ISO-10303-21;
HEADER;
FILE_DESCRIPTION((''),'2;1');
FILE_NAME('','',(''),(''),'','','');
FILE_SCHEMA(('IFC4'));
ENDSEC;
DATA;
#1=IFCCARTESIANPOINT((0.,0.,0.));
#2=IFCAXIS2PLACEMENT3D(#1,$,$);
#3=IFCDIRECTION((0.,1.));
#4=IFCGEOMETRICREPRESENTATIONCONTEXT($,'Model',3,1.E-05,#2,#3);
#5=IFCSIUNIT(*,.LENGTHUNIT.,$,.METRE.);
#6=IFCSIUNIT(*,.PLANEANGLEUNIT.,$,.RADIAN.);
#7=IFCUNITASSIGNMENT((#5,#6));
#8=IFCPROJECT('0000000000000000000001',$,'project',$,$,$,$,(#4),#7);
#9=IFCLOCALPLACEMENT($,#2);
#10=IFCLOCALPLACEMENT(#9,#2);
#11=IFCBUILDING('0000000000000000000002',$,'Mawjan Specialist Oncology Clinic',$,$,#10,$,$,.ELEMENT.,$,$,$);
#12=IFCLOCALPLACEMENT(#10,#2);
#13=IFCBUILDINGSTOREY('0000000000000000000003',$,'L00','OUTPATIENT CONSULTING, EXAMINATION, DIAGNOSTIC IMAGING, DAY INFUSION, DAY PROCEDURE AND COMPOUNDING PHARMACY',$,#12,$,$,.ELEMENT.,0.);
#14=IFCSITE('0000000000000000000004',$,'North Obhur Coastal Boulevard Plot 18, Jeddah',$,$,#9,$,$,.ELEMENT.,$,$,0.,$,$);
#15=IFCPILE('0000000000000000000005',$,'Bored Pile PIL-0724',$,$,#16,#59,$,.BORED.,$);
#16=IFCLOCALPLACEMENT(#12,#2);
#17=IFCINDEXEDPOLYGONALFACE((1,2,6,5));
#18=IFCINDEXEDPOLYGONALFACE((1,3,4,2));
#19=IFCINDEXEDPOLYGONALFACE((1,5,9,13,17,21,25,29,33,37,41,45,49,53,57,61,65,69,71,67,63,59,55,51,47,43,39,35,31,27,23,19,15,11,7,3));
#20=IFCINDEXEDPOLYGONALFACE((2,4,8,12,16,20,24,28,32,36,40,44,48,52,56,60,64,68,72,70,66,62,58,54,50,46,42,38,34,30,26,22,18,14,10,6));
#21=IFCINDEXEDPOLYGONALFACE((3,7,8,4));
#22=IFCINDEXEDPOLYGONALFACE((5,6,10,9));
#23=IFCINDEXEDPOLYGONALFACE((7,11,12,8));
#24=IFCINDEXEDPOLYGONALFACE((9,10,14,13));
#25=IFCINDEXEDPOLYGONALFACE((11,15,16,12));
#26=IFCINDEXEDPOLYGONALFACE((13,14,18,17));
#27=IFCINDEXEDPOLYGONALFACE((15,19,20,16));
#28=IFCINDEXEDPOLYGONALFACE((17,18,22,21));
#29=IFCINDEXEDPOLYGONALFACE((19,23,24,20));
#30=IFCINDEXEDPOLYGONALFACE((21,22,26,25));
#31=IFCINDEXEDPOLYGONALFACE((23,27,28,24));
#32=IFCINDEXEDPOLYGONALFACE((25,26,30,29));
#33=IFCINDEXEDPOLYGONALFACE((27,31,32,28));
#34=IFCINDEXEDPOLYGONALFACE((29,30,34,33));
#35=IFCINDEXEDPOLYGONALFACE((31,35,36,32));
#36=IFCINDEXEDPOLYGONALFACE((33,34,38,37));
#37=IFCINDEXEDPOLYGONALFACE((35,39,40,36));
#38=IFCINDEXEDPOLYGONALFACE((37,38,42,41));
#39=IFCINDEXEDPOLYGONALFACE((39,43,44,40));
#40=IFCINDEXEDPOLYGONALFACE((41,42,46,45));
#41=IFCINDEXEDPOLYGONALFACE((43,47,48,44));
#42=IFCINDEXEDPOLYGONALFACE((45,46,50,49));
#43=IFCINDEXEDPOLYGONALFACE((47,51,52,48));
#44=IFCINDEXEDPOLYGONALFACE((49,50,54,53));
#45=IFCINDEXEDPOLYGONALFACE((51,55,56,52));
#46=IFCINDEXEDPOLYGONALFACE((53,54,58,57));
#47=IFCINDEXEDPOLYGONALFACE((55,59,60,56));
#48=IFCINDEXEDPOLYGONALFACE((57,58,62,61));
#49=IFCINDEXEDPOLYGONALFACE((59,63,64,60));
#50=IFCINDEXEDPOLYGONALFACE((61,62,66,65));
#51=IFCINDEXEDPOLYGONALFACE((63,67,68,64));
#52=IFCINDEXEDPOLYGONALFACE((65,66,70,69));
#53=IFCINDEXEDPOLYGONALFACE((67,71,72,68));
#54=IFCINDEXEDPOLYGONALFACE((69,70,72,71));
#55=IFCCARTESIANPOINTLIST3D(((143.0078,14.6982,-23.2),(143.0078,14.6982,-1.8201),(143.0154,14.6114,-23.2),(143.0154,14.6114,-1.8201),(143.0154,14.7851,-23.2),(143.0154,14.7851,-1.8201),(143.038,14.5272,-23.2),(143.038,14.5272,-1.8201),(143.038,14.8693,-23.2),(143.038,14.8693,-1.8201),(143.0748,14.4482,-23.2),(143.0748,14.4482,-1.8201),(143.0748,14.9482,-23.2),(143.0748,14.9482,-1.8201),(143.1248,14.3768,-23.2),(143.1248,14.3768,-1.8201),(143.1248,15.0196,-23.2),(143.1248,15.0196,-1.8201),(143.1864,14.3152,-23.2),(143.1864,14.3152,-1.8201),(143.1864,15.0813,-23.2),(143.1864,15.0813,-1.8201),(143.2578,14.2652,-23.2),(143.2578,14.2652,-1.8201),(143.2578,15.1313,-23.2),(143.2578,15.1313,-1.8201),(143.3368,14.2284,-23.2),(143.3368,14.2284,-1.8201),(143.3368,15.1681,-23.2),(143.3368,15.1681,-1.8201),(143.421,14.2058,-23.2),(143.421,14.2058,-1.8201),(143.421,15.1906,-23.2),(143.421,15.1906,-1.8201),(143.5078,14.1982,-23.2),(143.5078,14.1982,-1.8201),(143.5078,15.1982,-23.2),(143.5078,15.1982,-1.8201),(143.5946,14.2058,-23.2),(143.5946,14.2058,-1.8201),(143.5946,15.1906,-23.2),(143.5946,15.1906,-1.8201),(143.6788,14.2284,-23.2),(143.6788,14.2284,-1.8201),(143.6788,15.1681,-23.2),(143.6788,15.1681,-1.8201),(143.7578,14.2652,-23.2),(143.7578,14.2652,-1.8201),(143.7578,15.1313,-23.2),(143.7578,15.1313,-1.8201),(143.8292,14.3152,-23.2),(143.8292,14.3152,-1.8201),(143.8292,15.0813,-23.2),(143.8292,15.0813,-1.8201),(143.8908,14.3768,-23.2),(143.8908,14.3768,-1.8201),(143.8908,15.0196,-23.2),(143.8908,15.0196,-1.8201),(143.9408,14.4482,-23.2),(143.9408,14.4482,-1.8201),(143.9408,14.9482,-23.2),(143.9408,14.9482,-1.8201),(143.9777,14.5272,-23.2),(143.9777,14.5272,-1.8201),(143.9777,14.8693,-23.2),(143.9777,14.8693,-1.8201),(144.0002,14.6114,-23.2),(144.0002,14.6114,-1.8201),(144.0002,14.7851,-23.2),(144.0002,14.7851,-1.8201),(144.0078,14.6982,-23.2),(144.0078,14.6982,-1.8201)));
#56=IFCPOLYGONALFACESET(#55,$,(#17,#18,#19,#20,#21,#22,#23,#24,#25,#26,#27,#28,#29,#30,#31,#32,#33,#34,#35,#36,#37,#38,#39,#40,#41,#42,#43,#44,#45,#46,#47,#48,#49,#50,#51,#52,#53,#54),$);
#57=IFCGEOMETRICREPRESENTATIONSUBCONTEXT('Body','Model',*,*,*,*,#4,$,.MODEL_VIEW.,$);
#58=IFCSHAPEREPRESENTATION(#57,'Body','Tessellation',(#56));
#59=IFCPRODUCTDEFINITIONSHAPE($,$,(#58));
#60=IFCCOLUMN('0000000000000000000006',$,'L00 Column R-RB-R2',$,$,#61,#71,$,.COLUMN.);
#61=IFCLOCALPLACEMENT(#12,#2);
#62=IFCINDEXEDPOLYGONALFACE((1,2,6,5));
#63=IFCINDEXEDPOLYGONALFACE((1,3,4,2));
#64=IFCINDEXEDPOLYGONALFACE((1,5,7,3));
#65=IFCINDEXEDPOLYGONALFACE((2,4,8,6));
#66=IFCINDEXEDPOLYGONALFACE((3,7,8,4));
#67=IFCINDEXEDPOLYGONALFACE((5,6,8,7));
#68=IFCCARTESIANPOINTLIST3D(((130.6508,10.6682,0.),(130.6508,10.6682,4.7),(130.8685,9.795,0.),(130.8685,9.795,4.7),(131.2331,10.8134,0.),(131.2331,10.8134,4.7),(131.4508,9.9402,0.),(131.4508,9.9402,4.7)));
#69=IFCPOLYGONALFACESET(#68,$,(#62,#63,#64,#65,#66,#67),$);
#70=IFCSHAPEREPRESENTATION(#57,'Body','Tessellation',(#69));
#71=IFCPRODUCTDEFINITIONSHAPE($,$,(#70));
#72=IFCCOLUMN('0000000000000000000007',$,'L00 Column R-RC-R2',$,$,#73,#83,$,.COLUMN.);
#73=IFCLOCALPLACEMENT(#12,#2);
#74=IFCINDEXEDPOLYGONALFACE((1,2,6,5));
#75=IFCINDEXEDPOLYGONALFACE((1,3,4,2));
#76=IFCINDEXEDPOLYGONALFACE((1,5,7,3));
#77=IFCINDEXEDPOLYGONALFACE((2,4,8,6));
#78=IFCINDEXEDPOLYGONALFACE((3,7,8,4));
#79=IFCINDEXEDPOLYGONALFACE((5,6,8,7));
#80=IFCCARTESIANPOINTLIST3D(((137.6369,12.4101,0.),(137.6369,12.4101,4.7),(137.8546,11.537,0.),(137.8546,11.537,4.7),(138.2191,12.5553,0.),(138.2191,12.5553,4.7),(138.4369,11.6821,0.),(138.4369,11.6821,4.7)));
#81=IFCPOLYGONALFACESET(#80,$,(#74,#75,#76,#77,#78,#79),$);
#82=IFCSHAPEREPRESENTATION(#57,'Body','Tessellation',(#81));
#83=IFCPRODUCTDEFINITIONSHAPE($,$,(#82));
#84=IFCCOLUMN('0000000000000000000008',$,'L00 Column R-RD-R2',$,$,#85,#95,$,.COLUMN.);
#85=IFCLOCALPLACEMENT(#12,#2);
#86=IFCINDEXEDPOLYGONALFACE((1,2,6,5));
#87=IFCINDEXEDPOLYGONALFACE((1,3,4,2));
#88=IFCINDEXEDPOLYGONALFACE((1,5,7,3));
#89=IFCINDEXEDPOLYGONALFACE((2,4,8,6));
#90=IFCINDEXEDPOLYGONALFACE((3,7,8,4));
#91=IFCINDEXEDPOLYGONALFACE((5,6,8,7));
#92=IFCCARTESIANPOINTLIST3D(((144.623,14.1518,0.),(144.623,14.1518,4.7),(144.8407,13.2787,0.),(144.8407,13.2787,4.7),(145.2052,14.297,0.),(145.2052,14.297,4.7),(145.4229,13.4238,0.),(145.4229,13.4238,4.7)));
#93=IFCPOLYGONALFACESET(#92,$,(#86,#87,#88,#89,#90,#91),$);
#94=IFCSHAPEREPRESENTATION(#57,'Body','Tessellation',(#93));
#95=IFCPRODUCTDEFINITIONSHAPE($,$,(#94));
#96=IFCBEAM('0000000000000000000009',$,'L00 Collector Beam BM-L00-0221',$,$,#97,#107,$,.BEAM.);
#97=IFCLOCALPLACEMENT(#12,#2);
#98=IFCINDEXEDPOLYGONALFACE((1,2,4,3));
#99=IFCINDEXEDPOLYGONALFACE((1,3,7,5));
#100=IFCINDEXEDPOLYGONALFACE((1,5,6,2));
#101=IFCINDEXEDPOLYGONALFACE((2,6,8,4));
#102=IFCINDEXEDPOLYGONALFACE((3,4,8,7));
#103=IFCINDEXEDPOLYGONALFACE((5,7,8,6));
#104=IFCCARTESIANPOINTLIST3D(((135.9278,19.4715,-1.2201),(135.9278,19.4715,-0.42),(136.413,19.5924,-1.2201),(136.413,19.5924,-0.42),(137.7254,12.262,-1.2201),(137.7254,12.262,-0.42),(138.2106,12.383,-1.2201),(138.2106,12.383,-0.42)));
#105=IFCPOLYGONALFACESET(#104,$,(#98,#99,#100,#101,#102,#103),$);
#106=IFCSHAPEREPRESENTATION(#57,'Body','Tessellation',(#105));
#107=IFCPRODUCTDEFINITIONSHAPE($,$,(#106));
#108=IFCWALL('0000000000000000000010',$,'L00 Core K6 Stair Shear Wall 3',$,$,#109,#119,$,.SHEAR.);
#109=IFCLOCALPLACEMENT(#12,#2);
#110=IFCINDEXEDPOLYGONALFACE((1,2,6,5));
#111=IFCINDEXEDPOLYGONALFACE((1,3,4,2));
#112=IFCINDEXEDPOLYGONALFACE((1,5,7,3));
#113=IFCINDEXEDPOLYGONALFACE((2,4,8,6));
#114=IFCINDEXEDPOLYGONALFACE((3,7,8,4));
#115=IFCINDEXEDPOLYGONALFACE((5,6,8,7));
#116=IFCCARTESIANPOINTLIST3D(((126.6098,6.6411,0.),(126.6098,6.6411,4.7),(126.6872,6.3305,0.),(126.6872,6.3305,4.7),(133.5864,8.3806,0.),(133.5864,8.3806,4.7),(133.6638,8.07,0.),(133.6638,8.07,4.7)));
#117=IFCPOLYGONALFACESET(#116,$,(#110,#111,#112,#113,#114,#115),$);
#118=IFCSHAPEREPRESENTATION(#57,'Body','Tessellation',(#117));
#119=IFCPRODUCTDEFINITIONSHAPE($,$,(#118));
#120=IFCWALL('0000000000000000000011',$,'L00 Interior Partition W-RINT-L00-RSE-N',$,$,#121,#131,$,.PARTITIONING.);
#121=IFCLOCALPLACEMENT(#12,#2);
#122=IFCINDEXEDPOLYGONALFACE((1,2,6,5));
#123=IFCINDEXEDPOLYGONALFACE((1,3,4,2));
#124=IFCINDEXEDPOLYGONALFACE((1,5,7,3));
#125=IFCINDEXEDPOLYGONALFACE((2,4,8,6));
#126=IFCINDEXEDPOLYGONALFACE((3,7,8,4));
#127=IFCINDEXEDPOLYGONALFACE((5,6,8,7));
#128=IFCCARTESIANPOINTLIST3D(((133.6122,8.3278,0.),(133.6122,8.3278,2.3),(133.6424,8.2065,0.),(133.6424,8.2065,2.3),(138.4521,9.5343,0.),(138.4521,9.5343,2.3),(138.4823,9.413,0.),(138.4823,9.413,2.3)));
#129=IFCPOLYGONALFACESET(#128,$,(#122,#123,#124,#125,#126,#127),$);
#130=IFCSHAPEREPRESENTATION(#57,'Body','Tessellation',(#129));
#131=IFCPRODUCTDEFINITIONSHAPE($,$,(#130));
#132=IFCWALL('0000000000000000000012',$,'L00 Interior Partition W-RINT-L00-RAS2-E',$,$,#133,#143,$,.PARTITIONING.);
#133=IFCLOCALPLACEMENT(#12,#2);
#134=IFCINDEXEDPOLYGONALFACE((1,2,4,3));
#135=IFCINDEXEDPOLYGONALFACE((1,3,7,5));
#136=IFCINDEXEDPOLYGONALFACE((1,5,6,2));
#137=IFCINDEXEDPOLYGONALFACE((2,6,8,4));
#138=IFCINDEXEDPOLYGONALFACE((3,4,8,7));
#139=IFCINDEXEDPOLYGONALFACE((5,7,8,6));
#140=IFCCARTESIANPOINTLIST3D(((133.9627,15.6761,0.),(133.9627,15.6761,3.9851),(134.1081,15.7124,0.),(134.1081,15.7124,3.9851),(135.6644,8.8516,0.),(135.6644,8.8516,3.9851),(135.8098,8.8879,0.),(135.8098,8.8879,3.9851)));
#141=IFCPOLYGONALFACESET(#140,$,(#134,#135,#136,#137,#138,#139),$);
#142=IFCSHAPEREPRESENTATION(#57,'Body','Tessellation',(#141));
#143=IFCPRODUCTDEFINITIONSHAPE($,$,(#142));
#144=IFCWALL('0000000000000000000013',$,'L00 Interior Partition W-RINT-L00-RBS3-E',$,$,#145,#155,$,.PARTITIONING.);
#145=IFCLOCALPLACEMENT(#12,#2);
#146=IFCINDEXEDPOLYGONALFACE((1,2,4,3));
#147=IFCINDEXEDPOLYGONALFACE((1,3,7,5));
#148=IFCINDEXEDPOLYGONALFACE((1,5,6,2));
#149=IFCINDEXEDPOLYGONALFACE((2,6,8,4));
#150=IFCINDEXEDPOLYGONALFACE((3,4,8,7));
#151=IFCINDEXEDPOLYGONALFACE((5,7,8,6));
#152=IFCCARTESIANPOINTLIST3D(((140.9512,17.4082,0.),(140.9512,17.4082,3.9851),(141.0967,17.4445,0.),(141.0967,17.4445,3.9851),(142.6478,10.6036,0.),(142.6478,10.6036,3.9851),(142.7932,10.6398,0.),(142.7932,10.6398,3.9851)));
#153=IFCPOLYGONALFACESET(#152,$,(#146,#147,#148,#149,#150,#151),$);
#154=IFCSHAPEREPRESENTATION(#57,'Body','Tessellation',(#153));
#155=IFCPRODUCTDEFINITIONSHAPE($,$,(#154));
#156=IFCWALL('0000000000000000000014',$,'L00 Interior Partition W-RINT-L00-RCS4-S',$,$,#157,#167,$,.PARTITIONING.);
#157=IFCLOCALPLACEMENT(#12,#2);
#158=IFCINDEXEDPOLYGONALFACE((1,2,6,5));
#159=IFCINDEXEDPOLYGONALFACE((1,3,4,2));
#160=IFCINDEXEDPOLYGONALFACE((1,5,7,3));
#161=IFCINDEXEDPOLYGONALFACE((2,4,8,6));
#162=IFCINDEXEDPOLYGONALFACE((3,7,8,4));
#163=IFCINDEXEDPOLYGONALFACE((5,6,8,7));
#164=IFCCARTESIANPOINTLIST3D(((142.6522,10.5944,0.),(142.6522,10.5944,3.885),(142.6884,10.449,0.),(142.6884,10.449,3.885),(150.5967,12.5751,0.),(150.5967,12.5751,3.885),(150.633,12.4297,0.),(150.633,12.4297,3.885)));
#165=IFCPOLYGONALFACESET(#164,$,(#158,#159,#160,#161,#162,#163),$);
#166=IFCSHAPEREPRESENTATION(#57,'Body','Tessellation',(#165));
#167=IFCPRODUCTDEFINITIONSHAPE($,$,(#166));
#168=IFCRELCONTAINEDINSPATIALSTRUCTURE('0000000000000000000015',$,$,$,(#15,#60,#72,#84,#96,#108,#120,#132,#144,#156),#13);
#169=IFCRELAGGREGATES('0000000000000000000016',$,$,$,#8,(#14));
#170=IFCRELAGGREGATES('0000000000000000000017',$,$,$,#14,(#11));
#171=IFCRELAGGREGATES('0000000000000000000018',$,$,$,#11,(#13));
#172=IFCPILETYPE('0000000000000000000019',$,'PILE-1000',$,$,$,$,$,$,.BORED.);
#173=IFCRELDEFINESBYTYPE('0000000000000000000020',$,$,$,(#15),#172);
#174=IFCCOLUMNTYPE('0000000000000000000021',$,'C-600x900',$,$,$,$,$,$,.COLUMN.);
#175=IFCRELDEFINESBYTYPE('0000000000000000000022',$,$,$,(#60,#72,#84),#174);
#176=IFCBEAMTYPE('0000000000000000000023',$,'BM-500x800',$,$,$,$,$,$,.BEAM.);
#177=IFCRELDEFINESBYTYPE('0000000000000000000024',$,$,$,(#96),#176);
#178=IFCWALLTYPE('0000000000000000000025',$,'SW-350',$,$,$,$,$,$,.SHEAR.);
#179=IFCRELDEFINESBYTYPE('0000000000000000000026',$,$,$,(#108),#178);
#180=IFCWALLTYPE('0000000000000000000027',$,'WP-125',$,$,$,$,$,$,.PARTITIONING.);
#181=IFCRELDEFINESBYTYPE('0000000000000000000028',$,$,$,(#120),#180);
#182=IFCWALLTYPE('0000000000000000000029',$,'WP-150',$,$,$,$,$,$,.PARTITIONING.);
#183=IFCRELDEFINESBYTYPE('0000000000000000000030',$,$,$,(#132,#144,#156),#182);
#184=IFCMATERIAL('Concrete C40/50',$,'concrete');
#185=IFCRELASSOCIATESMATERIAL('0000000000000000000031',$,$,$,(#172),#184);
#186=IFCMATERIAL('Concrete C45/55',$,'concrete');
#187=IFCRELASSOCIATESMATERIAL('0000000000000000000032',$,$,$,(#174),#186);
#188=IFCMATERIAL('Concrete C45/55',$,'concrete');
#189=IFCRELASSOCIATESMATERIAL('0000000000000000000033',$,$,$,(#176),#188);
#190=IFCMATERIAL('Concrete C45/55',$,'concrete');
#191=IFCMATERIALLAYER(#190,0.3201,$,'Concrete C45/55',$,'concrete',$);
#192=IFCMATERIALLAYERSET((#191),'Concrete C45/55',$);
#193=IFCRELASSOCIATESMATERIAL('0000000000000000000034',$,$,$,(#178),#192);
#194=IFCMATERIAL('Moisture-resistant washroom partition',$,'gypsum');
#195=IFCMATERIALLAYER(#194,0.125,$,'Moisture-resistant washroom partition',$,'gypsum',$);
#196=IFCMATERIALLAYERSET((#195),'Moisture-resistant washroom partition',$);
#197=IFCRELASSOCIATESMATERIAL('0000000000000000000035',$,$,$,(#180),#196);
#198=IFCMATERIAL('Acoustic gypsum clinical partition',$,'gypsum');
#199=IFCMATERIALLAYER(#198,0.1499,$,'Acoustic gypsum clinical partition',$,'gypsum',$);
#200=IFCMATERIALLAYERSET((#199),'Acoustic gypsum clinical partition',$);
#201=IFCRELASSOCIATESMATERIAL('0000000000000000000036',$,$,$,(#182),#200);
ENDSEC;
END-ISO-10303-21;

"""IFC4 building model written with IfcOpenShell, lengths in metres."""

from ifc_helpers import new_model, si_unit, direction, frame, frame_2d, origin, origin_2d, place, context, subcontext, project, spatial, rectangle, circle, extrude, material, layer, layer_set, material_profile, profile_set, type_object, element, save


model = new_model("IFC4")

# Units and contexts
model_context = context("Model", 3, precision=1e-05, world=origin(), true_north=direction((0.0, 1.0)))
body_context = subcontext(model_context, "Body", "Model", "MODEL_VIEW")
ifc_project = project(units=[si_unit("LENGTHUNIT", "METRE"), si_unit("PLANEANGLEUNIT", "RADIAN")], contexts=[model_context])

# Site, building, storey
site_placement = place(None, origin())
site = spatial("IfcSite", under=ifc_project, at=site_placement, Name="North Obhur Coastal Boulevard Plot 18, Jeddah", CompositionType="ELEMENT", RefElevation=0.0)
building_placement = place(site_placement, origin())
building = spatial("IfcBuilding", under=site, at=building_placement, Name="Mawjan Specialist Oncology Clinic", CompositionType="ELEMENT")
storey_placement = place(building_placement, origin())
storey = spatial("IfcBuildingStorey", under=building, at=storey_placement, Name="L00", Description="OUTPATIENT CONSULTING, EXAMINATION, DIAGNOSTIC IMAGING, DAY INFUSION, DAY PROCEDURE AND COMPOUNDING PHARMACY", CompositionType="ELEMENT", Elevation=0.0)

# Pile
ifc_material_1 = material(Name="Concrete C40/50", Category="concrete")
ifc_material_profile_1 = material_profile(ifc_material_1, circle(Radius=0.5, at=origin_2d()), Name="BORED PILE D1000", Category="concrete")
ifc_profile_set_1 = profile_set([ifc_material_profile_1], Name="Concrete C40/50")
pile_type = type_object("IfcPileType", Name="PILE-1000", PredefinedType="BORED", material=ifc_profile_set_1)
for number, where, z_axis, x_axis, name in (
    (1, (143.5078, 14.6982, -1.8201), (0.0, 0.0, -1.0), (1.0, 0.0, 0.0), "Bored Pile PIL-0724"),
):
    element("IfcPile", number, at=place(storey_placement, frame(where, z_axis=z_axis, x_axis=x_axis)), inside=storey, type_object=pile_type, Name=name, PredefinedType="BORED", context=body_context, shape_type="SweptSolid", body=[
        extrude(circle(Radius=0.5, at=origin_2d()), origin(), (0.0, 0.0, 1.0), 21.3799),
    ])

# Columns
ifc_material_2 = material(Name="Concrete C45/55", Category="concrete")
ifc_material_profile_2 = material_profile(ifc_material_2, rectangle(XDim=0.6001, YDim=0.8999, at=origin_2d()), Name="RC COL 600x900", Category="concrete")
ifc_profile_set_2 = profile_set([ifc_material_profile_2], Name="Concrete C45/55")
column_type = type_object("IfcColumnType", Name="C-600x900", PredefinedType="COLUMN", material=ifc_profile_set_2)
for number, where, z_axis, x_axis, name in (
    (2, (131.0508, 10.3042, 0.0), (0.0, 0.0, 1.0), (0.970296, 0.241922, 0.0), "L00 Column R-RB-R2"),
    (3, (138.0369, 12.0461, 0.0), (0.0, 0.0, 1.0), (0.970296, 0.241922, 0.0), "L00 Column R-RC-R2"),
    (4, (145.0229, 13.7878, 0.0), (0.0, 0.0, 1.0), (0.970296, 0.241922, 0.0), "L00 Column R-RD-R2"),
):
    element("IfcColumn", number, at=place(storey_placement, frame(where, z_axis=z_axis, x_axis=x_axis)), inside=storey, type_object=column_type, Name=name, PredefinedType="COLUMN", context=body_context, shape_type="SweptSolid", body=[
        extrude(rectangle(XDim=0.6001, YDim=0.8999, at=origin_2d()), origin(), (0.0, 0.0, 1.0), 4.7),
    ])

# Beam
ifc_material_3 = material(Name="Concrete C45/55", Category="concrete")
ifc_material_profile_3 = material_profile(ifc_material_3, rectangle(XDim=0.5, YDim=0.8, at=origin_2d()), Name="RC BM 500x800", Category="concrete")
ifc_profile_set_3 = profile_set([ifc_material_profile_3], Name="Concrete C45/55")
beam_type = type_object("IfcBeamType", Name="BM-500x800", PredefinedType="BEAM", material=ifc_profile_set_3)
beam_placement = place(storey_placement, frame((137.968, 12.3225, -0.8201), z_axis=(-0.241933, 0.970293, 0.0), x_axis=(-0.970293, -0.241933, 0.0)))
element("IfcBeam", 5, at=beam_placement, inside=storey, type_object=beam_type, Name="L00 Collector Beam BM-L00-0221", PredefinedType="BEAM", context=body_context, shape_type="SweptSolid", body=[
    extrude(rectangle(XDim=0.5, YDim=0.8, at=origin_2d()), origin(), (0.0, 0.0, 1.0), 7.4302),
])

# Walls
ifc_material_4 = material(Name="Concrete C45/55", Category="concrete")
ifc_layer_1 = layer(ifc_material_4, 0.3201, Name="Concrete C45/55", Category="concrete")
ifc_layer_set_1 = layer_set([ifc_layer_1], Name="Concrete C45/55")
wall_type_1 = type_object("IfcWallType", Name="SW-350", PredefinedType="SHEAR", material=ifc_layer_set_1)
wall_1_placement = place(storey_placement, frame((133.6252, 8.2253, 0.0), z_axis=(0.0, 0.0, 1.0), x_axis=(-0.970294, -0.241928, 0.0)))
element("IfcWall", 6, at=wall_1_placement, inside=storey, type_object=wall_type_1, Name="L00 Core K6 Stair Shear Wall 3", PredefinedType="SHEAR", context=body_context, shape_type="SweptSolid", body=[
    extrude(rectangle(XDim=7.1902, YDim=0.3201, at=frame_2d((3.5952, 0.0))), origin(), (0.0, 0.0, 1.0), 4.7),
])
ifc_material_5 = material(Name="Moisture-resistant washroom partition", Category="gypsum")
ifc_layer_2 = layer(ifc_material_5, 0.125, Name="Moisture-resistant washroom partition", Category="gypsum")
ifc_layer_set_2 = layer_set([ifc_layer_2], Name="Moisture-resistant washroom partition")
wall_type_2 = type_object("IfcWallType", Name="WP-125", PredefinedType="PARTITIONING", material=ifc_layer_set_2)
wall_2_placement = place(storey_placement, frame((133.6272, 8.2671, 0.0), z_axis=(0.0, 0.0, 1.0), x_axis=(0.970304, 0.241891, 0.0)))
element("IfcWall", 7, at=wall_2_placement, inside=storey, type_object=wall_type_2, Name="L00 Interior Partition W-RINT-L00-RSE-N", PredefinedType="PARTITIONING", context=body_context, shape_type="SweptSolid", body=[
    extrude(rectangle(XDim=4.988, YDim=0.125, at=frame_2d((2.4941, 0.0))), origin(), (0.0, 0.0, 1.0), 2.3),
])
ifc_material_6 = material(Name="Acoustic gypsum clinical partition", Category="gypsum")
ifc_layer_3 = layer(ifc_material_6, 0.1499, Name="Acoustic gypsum clinical partition", Category="gypsum")
ifc_layer_set_3 = layer_set([ifc_layer_3], Name="Acoustic gypsum clinical partition")
wall_type_3 = type_object("IfcWallType", Name="WP-150", PredefinedType="PARTITIONING", material=ifc_layer_set_3)
wall_3_placement = place(storey_placement, frame((135.7371, 8.8699, 0.0), z_axis=(0.0, 0.0, 1.0), x_axis=(-0.241939, 0.970291, 0.0)))
element("IfcWall", 8, at=wall_3_placement, inside=storey, type_object=wall_type_3, Name="L00 Interior Partition W-RINT-L00-RAS2-E", PredefinedType="PARTITIONING", context=body_context, shape_type="SweptSolid", body=[
    extrude(rectangle(XDim=7.0334, YDim=0.1499, at=frame_2d((3.5166, 0.0))), origin(), (0.0, 0.0, 1.0), 3.9851),
])
wall_4_placement = place(storey_placement, frame((142.7205, 10.6218, 0.0), z_axis=(0.0, 0.0, 1.0), x_axis=(-0.241913, 0.970298, 0.0)))
element("IfcWall", 9, at=wall_4_placement, inside=storey, type_object=wall_type_3, Name="L00 Interior Partition W-RINT-L00-RBS3-E", PredefinedType="PARTITIONING", context=body_context, shape_type="SweptSolid", body=[
    extrude(rectangle(XDim=7.0129, YDim=0.1499, at=frame_2d((3.5063, 0.0))), origin(), (0.0, 0.0, 1.0), 3.9851),
])
wall_5_placement = place(storey_placement, frame((142.6704, 10.5217, 0.0), z_axis=(0.0, 0.0, 1.0), x_axis=(0.970298, 0.241911, 0.0)))
element("IfcWall", 10, at=wall_5_placement, inside=storey, type_object=wall_type_3, Name="L00 Interior Partition W-RINT-L00-RCS4-S", PredefinedType="PARTITIONING", context=body_context, shape_type="SweptSolid", body=[
    extrude(rectangle(XDim=8.1877, YDim=0.1499, at=frame_2d((4.0938, 0.0))), origin(), (0.0, 0.0, 1.0), 3.885),
])

save(model, "model.ifc")
